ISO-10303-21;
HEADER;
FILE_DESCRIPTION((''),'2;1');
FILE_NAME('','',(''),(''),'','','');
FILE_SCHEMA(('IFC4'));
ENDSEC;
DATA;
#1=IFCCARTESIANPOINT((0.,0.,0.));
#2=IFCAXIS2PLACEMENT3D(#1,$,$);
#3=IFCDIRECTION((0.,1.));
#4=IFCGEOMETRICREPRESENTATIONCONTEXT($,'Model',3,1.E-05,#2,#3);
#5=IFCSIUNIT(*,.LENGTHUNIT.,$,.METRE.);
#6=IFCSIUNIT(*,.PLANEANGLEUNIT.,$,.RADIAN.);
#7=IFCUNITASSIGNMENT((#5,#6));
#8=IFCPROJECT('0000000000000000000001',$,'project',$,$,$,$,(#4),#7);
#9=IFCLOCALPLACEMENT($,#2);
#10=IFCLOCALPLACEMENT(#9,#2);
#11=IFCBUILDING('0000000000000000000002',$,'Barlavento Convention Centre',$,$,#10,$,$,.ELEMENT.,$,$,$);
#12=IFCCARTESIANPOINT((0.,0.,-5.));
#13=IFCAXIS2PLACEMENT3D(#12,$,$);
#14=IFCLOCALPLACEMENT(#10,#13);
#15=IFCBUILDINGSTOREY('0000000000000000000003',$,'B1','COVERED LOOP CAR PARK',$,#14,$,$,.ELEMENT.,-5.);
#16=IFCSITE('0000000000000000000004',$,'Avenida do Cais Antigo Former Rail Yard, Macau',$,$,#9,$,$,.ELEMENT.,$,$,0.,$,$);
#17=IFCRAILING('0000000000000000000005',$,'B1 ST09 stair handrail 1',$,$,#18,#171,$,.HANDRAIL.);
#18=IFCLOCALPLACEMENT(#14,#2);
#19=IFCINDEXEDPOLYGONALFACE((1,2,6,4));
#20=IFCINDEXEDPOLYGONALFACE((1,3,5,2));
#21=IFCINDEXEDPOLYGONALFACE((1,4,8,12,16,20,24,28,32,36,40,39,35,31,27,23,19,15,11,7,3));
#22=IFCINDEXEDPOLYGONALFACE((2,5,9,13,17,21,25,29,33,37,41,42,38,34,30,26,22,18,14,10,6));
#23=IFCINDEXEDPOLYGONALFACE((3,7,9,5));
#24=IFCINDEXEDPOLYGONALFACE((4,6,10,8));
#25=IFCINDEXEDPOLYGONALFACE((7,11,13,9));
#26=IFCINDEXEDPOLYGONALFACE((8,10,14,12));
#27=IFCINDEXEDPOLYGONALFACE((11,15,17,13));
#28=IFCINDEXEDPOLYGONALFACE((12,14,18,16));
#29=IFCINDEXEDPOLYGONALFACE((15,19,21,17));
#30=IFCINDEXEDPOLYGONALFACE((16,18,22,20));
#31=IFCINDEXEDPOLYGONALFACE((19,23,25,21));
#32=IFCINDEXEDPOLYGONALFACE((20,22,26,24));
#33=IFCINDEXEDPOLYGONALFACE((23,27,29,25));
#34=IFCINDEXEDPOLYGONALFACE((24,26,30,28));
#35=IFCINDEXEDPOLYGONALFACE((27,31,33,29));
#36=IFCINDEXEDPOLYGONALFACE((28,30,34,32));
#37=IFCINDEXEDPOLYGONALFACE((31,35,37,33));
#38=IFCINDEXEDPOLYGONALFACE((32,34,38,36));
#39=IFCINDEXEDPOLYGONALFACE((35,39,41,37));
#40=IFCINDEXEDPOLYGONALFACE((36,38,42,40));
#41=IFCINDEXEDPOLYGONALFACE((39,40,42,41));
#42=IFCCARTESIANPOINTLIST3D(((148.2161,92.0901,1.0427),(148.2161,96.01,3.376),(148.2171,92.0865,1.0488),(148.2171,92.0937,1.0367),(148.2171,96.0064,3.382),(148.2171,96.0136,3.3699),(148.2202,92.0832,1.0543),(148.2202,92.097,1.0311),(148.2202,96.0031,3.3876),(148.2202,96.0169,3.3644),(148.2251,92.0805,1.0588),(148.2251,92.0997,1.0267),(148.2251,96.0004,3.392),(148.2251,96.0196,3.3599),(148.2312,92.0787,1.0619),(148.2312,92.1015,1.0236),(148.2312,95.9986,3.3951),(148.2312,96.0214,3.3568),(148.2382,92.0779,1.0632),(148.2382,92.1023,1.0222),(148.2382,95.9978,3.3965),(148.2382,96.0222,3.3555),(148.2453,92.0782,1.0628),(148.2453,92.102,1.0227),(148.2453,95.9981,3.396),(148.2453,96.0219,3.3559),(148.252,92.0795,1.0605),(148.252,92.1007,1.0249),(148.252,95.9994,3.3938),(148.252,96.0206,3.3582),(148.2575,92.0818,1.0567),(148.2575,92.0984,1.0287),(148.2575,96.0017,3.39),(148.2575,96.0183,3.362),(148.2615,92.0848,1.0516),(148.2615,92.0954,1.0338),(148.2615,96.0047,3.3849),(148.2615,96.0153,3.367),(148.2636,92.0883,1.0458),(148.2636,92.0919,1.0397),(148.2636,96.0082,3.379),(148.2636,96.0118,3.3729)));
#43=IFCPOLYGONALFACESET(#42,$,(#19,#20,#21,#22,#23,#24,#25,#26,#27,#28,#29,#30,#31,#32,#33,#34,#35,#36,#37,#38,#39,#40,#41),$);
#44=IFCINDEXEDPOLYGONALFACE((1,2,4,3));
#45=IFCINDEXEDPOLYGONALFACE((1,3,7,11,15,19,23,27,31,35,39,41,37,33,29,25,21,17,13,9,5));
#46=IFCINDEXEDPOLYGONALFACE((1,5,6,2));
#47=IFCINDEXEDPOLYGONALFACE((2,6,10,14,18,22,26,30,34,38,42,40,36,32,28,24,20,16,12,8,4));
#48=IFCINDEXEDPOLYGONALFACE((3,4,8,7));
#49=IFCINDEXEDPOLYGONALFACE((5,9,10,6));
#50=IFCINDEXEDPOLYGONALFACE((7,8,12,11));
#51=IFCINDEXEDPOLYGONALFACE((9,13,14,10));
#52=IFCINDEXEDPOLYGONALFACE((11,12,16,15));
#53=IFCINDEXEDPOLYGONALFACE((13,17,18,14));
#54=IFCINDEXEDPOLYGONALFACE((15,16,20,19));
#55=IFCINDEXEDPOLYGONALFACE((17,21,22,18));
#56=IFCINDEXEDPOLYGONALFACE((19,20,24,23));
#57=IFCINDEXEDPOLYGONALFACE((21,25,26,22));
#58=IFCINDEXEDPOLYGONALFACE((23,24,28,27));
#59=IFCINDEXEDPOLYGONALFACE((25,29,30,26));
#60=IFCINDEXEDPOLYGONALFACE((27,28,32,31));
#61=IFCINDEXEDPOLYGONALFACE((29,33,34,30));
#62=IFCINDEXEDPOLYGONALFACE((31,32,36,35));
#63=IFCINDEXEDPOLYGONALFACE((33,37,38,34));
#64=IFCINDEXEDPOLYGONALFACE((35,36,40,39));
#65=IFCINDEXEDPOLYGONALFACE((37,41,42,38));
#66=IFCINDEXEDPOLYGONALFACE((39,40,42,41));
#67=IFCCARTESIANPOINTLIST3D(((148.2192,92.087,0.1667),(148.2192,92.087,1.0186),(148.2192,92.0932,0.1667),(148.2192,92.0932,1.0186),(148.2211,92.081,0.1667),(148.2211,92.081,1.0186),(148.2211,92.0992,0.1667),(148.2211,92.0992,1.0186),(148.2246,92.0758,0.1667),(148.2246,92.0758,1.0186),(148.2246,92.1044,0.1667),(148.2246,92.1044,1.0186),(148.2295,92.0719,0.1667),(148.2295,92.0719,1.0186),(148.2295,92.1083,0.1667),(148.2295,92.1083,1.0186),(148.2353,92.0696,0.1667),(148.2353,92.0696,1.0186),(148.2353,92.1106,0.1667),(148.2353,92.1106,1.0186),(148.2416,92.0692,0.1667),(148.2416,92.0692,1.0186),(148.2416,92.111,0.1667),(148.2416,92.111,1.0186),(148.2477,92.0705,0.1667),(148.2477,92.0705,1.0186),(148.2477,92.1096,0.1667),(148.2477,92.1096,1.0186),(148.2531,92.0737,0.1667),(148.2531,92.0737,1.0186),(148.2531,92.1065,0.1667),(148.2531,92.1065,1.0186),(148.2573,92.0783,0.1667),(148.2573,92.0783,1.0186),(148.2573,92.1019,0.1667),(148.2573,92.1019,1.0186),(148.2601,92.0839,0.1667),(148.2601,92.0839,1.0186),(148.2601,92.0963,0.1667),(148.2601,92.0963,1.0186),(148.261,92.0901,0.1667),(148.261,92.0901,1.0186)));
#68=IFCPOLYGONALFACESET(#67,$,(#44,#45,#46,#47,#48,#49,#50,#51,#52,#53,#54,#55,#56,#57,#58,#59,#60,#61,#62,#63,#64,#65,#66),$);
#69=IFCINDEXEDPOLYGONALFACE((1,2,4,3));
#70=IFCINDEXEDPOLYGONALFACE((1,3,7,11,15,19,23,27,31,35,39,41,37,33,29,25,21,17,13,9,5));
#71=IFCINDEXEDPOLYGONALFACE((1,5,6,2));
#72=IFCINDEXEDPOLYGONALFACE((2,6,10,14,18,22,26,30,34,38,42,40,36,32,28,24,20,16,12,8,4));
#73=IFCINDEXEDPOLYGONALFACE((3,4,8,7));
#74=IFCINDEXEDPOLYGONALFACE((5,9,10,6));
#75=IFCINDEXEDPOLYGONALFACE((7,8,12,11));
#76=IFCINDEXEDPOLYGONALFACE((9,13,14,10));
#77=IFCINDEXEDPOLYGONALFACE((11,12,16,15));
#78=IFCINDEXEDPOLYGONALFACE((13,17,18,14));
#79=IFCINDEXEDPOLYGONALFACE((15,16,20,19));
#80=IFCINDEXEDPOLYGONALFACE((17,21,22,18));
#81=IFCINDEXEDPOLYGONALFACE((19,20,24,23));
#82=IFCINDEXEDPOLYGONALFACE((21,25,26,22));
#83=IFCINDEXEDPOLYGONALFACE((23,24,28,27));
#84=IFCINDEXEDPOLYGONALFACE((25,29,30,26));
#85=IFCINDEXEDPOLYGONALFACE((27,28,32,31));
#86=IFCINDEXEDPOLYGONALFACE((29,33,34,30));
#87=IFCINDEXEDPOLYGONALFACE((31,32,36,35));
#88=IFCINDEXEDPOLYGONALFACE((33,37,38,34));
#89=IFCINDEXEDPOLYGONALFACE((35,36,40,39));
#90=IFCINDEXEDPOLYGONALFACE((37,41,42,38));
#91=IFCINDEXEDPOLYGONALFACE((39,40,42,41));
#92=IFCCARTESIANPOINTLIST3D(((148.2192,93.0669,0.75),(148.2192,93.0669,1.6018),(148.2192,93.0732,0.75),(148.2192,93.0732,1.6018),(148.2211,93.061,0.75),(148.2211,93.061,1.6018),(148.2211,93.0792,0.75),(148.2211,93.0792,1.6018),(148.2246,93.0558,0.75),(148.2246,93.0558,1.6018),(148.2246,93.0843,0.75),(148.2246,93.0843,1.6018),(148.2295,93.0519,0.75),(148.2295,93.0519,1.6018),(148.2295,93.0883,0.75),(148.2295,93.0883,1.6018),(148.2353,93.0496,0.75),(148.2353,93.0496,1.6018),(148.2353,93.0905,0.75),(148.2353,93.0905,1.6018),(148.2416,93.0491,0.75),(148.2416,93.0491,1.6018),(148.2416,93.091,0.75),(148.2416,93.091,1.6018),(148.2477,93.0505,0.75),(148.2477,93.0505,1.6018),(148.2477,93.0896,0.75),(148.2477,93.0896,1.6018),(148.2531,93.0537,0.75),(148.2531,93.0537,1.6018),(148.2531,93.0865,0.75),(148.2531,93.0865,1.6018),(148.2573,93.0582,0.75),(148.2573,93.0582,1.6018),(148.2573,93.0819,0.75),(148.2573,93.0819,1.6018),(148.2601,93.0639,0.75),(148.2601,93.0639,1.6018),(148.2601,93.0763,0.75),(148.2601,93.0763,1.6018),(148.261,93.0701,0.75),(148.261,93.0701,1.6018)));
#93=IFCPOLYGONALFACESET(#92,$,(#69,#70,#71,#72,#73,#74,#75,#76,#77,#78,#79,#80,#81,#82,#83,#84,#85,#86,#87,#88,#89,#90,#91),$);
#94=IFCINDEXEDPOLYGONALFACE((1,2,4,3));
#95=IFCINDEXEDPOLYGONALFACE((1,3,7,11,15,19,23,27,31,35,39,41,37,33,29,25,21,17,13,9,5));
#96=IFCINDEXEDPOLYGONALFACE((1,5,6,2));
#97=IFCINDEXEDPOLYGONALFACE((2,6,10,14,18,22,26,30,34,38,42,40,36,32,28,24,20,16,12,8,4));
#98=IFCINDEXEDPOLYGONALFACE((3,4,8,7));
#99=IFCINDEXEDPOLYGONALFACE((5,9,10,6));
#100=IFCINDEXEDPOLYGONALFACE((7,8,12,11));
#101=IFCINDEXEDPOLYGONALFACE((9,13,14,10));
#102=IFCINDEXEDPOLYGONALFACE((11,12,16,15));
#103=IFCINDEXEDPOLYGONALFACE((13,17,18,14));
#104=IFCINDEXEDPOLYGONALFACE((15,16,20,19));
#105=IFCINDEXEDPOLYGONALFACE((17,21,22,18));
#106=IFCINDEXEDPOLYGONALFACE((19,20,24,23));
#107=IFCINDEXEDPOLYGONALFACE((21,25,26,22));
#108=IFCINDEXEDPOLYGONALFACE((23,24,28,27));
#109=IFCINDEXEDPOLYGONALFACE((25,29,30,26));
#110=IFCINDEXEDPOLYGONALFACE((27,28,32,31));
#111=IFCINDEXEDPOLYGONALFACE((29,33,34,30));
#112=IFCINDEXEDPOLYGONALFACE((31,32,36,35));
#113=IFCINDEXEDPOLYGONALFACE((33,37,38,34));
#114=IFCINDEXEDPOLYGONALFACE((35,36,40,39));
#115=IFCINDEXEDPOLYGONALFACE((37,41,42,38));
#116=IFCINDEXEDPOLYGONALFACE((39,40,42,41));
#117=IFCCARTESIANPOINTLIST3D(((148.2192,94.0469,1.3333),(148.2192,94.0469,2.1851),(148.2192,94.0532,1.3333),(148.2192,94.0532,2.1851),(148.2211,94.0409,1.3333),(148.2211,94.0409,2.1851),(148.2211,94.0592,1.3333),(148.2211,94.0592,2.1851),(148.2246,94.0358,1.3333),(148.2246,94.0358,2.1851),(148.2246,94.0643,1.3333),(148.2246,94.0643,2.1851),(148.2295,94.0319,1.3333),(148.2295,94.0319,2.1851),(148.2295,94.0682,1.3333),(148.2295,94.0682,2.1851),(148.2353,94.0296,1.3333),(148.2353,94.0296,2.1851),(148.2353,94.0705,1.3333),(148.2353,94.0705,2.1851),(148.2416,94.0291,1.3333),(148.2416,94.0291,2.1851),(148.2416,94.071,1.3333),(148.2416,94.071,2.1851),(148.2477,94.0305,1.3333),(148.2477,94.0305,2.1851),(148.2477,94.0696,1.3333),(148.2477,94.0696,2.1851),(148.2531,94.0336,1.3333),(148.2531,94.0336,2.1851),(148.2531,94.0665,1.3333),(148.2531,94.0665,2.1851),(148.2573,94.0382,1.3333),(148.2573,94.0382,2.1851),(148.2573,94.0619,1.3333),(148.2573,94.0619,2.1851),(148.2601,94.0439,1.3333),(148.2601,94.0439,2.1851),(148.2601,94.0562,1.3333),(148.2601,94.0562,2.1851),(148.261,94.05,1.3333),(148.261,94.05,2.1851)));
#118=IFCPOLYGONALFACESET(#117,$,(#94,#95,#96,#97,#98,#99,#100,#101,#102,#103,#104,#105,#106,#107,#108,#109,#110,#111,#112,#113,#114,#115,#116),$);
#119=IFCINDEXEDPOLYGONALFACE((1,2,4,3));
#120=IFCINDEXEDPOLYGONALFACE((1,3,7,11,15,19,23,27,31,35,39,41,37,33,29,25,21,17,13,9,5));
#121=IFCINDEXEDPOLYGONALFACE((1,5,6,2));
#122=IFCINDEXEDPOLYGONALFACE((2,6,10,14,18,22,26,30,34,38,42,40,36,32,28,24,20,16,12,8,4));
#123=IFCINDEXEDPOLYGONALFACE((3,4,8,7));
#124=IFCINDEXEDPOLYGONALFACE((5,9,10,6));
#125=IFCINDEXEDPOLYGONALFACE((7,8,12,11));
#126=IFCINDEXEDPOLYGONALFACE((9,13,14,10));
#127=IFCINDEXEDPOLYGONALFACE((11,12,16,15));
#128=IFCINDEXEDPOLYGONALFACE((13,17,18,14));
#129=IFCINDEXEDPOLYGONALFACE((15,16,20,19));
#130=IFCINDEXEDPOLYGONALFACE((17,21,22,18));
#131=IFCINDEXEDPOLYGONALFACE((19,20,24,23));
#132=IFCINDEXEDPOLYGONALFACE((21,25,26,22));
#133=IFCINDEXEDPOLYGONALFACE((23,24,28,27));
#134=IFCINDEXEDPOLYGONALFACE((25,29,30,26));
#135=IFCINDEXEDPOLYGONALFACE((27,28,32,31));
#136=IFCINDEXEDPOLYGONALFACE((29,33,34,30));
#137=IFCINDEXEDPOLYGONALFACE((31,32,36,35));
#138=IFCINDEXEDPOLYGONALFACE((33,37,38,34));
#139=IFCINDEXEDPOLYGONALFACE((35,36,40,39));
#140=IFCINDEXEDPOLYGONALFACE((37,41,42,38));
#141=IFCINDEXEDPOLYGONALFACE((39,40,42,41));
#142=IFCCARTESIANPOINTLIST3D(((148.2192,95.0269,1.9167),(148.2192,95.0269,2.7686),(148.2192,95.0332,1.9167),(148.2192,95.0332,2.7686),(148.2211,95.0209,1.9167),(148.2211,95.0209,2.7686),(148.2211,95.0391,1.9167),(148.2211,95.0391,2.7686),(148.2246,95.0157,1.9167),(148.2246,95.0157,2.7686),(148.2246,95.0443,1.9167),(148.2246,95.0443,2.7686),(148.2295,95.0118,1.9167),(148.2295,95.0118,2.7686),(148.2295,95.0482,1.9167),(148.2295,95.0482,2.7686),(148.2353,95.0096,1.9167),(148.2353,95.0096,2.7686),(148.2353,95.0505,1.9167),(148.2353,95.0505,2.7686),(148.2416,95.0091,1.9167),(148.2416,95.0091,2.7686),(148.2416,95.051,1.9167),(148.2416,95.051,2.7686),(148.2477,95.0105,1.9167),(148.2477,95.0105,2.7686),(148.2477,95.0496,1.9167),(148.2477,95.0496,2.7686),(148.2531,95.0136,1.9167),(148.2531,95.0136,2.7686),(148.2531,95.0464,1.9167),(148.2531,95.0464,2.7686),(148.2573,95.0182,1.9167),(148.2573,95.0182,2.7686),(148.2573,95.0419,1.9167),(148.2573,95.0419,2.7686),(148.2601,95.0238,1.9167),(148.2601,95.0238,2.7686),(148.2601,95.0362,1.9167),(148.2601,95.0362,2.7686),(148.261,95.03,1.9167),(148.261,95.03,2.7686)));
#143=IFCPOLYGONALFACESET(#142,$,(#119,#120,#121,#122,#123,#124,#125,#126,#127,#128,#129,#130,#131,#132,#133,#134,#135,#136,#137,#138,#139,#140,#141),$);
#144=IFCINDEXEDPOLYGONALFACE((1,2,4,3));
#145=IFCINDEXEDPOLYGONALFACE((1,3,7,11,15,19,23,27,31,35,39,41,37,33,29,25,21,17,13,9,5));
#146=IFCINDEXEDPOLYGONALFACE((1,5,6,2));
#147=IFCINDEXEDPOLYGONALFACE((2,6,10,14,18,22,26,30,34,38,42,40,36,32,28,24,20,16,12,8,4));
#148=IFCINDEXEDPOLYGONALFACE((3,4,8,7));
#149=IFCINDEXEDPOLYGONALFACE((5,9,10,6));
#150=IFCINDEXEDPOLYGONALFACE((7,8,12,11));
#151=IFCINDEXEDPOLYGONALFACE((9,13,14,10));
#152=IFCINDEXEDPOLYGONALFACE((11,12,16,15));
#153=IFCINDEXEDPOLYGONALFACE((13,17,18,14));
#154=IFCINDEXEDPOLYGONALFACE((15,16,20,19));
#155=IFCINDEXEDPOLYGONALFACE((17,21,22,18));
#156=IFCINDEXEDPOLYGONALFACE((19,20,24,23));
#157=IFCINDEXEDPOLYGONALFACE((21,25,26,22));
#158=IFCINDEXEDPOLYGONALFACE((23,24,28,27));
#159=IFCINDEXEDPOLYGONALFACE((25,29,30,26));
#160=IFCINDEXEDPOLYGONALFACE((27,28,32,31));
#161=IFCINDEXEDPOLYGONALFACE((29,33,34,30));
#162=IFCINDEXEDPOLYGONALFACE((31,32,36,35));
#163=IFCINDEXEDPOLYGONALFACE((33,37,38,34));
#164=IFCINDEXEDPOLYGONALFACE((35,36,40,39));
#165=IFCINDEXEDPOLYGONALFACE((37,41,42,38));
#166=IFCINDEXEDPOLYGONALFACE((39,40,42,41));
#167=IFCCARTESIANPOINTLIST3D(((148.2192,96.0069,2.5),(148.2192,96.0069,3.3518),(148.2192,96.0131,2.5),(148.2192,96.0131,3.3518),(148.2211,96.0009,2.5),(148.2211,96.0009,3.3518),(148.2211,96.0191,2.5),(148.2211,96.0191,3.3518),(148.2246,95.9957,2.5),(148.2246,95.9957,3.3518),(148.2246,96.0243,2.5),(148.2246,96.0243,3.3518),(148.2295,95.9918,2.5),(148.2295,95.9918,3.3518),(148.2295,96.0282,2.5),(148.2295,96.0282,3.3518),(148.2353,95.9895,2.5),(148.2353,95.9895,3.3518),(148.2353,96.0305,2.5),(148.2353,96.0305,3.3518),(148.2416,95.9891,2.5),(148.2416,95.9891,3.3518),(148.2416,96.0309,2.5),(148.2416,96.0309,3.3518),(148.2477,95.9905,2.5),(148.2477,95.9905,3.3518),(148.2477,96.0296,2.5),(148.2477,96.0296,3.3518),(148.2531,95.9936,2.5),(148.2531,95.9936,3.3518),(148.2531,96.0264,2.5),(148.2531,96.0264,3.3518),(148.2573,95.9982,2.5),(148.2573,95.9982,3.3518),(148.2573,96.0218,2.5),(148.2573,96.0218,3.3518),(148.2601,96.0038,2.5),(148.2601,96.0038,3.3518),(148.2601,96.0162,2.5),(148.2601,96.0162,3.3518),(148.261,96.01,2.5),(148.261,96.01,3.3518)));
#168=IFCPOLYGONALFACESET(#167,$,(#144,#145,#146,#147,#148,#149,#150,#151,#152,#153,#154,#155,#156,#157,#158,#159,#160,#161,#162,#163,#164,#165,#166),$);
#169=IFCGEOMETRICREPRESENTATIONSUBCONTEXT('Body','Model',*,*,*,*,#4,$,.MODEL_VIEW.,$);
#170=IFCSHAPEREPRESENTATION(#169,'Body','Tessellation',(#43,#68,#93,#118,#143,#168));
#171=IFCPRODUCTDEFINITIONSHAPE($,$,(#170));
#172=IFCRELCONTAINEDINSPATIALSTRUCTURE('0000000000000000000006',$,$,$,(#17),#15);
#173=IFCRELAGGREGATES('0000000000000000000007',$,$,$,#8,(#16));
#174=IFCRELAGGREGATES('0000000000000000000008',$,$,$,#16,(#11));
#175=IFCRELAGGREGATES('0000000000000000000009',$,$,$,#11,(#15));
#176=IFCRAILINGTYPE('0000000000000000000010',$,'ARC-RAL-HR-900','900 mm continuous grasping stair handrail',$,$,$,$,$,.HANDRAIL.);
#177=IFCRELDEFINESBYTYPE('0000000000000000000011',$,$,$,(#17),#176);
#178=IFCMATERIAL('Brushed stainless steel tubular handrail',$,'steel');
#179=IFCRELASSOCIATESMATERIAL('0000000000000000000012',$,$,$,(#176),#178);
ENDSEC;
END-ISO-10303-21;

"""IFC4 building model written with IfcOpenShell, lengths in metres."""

from ifc_helpers import new_model, si_unit, direction, frame, origin, origin_2d, place, context, subcontext, project, spatial, circle, extrude, material, type_object, element, save


model = new_model("IFC4")

# Units and contexts
model_context = context("Model", 3, precision=1e-05, world=origin(), true_north=direction((0.0, 1.0)))
body_context = subcontext(model_context, "Body", "Model", "MODEL_VIEW")
ifc_project = project(units=[si_unit("LENGTHUNIT", "METRE"), si_unit("PLANEANGLEUNIT", "RADIAN")], contexts=[model_context])

# Site, building, storey
site_placement = place(None, origin())
site = spatial("IfcSite", under=ifc_project, at=site_placement, Name="Avenida do Cais Antigo Former Rail Yard, Macau", CompositionType="ELEMENT", RefElevation=0.0)
building_placement = place(site_placement, origin())
building = spatial("IfcBuilding", under=site, at=building_placement, Name="Barlavento Convention Centre", CompositionType="ELEMENT")
storey_placement = place(building_placement, frame((0.0, 0.0, -5.0)))
storey = spatial("IfcBuildingStorey", under=building, at=storey_placement, Name="B1", Description="COVERED LOOP CAR PARK", CompositionType="ELEMENT", Elevation=-5.0)

# Railing
ifc_material_1 = material(Name="Brushed stainless steel tubular handrail", Category="steel")
railing_type_1 = type_object("IfcRailingType", Name="ARC-RAL-HR-900", Description="900 mm continuous grasping stair handrail", PredefinedType="HANDRAIL", material=ifc_material_1)
railing_1_placement = place(storey_placement, frame((148.24, 92.0901, 0.1667)))
element("IfcRailing", 1, at=railing_1_placement, inside=storey, type_object=railing_type_1, Name="B1 ST09 stair handrail 1", PredefinedType="HANDRAIL", context=body_context, shape_type="SweptSolid", body=[
    extrude(circle(Radius=0.0239, at=origin_2d()), frame((0.0, 0.0, 0.876), z_axis=(0.0, 0.859296, 0.511478), x_axis=(-1.0, 0.0, 0.0)), (0.0, 0.0, 1.0), 4.5618),
    extrude(circle(Radius=0.021, at=origin_2d()), origin(), (0.0, 0.0, 1.0), 0.8518),
    extrude(circle(Radius=0.021, at=origin_2d()), frame((0.0, 0.98, 0.5833)), (0.0, 0.0, 1.0), 0.8518),
    extrude(circle(Radius=0.021, at=origin_2d()), frame((0.0, 1.96, 1.1665)), (0.0, 0.0, 1.0), 0.8518),
    extrude(circle(Radius=0.021, at=origin_2d()), frame((0.0, 2.9399, 1.75)), (0.0, 0.0, 1.0), 0.8518),
    extrude(circle(Radius=0.021, at=origin_2d()), frame((0.0, 3.9199, 2.3333)), (0.0, 0.0, 1.0), 0.8518),
])

save(model, "model.ifc")
